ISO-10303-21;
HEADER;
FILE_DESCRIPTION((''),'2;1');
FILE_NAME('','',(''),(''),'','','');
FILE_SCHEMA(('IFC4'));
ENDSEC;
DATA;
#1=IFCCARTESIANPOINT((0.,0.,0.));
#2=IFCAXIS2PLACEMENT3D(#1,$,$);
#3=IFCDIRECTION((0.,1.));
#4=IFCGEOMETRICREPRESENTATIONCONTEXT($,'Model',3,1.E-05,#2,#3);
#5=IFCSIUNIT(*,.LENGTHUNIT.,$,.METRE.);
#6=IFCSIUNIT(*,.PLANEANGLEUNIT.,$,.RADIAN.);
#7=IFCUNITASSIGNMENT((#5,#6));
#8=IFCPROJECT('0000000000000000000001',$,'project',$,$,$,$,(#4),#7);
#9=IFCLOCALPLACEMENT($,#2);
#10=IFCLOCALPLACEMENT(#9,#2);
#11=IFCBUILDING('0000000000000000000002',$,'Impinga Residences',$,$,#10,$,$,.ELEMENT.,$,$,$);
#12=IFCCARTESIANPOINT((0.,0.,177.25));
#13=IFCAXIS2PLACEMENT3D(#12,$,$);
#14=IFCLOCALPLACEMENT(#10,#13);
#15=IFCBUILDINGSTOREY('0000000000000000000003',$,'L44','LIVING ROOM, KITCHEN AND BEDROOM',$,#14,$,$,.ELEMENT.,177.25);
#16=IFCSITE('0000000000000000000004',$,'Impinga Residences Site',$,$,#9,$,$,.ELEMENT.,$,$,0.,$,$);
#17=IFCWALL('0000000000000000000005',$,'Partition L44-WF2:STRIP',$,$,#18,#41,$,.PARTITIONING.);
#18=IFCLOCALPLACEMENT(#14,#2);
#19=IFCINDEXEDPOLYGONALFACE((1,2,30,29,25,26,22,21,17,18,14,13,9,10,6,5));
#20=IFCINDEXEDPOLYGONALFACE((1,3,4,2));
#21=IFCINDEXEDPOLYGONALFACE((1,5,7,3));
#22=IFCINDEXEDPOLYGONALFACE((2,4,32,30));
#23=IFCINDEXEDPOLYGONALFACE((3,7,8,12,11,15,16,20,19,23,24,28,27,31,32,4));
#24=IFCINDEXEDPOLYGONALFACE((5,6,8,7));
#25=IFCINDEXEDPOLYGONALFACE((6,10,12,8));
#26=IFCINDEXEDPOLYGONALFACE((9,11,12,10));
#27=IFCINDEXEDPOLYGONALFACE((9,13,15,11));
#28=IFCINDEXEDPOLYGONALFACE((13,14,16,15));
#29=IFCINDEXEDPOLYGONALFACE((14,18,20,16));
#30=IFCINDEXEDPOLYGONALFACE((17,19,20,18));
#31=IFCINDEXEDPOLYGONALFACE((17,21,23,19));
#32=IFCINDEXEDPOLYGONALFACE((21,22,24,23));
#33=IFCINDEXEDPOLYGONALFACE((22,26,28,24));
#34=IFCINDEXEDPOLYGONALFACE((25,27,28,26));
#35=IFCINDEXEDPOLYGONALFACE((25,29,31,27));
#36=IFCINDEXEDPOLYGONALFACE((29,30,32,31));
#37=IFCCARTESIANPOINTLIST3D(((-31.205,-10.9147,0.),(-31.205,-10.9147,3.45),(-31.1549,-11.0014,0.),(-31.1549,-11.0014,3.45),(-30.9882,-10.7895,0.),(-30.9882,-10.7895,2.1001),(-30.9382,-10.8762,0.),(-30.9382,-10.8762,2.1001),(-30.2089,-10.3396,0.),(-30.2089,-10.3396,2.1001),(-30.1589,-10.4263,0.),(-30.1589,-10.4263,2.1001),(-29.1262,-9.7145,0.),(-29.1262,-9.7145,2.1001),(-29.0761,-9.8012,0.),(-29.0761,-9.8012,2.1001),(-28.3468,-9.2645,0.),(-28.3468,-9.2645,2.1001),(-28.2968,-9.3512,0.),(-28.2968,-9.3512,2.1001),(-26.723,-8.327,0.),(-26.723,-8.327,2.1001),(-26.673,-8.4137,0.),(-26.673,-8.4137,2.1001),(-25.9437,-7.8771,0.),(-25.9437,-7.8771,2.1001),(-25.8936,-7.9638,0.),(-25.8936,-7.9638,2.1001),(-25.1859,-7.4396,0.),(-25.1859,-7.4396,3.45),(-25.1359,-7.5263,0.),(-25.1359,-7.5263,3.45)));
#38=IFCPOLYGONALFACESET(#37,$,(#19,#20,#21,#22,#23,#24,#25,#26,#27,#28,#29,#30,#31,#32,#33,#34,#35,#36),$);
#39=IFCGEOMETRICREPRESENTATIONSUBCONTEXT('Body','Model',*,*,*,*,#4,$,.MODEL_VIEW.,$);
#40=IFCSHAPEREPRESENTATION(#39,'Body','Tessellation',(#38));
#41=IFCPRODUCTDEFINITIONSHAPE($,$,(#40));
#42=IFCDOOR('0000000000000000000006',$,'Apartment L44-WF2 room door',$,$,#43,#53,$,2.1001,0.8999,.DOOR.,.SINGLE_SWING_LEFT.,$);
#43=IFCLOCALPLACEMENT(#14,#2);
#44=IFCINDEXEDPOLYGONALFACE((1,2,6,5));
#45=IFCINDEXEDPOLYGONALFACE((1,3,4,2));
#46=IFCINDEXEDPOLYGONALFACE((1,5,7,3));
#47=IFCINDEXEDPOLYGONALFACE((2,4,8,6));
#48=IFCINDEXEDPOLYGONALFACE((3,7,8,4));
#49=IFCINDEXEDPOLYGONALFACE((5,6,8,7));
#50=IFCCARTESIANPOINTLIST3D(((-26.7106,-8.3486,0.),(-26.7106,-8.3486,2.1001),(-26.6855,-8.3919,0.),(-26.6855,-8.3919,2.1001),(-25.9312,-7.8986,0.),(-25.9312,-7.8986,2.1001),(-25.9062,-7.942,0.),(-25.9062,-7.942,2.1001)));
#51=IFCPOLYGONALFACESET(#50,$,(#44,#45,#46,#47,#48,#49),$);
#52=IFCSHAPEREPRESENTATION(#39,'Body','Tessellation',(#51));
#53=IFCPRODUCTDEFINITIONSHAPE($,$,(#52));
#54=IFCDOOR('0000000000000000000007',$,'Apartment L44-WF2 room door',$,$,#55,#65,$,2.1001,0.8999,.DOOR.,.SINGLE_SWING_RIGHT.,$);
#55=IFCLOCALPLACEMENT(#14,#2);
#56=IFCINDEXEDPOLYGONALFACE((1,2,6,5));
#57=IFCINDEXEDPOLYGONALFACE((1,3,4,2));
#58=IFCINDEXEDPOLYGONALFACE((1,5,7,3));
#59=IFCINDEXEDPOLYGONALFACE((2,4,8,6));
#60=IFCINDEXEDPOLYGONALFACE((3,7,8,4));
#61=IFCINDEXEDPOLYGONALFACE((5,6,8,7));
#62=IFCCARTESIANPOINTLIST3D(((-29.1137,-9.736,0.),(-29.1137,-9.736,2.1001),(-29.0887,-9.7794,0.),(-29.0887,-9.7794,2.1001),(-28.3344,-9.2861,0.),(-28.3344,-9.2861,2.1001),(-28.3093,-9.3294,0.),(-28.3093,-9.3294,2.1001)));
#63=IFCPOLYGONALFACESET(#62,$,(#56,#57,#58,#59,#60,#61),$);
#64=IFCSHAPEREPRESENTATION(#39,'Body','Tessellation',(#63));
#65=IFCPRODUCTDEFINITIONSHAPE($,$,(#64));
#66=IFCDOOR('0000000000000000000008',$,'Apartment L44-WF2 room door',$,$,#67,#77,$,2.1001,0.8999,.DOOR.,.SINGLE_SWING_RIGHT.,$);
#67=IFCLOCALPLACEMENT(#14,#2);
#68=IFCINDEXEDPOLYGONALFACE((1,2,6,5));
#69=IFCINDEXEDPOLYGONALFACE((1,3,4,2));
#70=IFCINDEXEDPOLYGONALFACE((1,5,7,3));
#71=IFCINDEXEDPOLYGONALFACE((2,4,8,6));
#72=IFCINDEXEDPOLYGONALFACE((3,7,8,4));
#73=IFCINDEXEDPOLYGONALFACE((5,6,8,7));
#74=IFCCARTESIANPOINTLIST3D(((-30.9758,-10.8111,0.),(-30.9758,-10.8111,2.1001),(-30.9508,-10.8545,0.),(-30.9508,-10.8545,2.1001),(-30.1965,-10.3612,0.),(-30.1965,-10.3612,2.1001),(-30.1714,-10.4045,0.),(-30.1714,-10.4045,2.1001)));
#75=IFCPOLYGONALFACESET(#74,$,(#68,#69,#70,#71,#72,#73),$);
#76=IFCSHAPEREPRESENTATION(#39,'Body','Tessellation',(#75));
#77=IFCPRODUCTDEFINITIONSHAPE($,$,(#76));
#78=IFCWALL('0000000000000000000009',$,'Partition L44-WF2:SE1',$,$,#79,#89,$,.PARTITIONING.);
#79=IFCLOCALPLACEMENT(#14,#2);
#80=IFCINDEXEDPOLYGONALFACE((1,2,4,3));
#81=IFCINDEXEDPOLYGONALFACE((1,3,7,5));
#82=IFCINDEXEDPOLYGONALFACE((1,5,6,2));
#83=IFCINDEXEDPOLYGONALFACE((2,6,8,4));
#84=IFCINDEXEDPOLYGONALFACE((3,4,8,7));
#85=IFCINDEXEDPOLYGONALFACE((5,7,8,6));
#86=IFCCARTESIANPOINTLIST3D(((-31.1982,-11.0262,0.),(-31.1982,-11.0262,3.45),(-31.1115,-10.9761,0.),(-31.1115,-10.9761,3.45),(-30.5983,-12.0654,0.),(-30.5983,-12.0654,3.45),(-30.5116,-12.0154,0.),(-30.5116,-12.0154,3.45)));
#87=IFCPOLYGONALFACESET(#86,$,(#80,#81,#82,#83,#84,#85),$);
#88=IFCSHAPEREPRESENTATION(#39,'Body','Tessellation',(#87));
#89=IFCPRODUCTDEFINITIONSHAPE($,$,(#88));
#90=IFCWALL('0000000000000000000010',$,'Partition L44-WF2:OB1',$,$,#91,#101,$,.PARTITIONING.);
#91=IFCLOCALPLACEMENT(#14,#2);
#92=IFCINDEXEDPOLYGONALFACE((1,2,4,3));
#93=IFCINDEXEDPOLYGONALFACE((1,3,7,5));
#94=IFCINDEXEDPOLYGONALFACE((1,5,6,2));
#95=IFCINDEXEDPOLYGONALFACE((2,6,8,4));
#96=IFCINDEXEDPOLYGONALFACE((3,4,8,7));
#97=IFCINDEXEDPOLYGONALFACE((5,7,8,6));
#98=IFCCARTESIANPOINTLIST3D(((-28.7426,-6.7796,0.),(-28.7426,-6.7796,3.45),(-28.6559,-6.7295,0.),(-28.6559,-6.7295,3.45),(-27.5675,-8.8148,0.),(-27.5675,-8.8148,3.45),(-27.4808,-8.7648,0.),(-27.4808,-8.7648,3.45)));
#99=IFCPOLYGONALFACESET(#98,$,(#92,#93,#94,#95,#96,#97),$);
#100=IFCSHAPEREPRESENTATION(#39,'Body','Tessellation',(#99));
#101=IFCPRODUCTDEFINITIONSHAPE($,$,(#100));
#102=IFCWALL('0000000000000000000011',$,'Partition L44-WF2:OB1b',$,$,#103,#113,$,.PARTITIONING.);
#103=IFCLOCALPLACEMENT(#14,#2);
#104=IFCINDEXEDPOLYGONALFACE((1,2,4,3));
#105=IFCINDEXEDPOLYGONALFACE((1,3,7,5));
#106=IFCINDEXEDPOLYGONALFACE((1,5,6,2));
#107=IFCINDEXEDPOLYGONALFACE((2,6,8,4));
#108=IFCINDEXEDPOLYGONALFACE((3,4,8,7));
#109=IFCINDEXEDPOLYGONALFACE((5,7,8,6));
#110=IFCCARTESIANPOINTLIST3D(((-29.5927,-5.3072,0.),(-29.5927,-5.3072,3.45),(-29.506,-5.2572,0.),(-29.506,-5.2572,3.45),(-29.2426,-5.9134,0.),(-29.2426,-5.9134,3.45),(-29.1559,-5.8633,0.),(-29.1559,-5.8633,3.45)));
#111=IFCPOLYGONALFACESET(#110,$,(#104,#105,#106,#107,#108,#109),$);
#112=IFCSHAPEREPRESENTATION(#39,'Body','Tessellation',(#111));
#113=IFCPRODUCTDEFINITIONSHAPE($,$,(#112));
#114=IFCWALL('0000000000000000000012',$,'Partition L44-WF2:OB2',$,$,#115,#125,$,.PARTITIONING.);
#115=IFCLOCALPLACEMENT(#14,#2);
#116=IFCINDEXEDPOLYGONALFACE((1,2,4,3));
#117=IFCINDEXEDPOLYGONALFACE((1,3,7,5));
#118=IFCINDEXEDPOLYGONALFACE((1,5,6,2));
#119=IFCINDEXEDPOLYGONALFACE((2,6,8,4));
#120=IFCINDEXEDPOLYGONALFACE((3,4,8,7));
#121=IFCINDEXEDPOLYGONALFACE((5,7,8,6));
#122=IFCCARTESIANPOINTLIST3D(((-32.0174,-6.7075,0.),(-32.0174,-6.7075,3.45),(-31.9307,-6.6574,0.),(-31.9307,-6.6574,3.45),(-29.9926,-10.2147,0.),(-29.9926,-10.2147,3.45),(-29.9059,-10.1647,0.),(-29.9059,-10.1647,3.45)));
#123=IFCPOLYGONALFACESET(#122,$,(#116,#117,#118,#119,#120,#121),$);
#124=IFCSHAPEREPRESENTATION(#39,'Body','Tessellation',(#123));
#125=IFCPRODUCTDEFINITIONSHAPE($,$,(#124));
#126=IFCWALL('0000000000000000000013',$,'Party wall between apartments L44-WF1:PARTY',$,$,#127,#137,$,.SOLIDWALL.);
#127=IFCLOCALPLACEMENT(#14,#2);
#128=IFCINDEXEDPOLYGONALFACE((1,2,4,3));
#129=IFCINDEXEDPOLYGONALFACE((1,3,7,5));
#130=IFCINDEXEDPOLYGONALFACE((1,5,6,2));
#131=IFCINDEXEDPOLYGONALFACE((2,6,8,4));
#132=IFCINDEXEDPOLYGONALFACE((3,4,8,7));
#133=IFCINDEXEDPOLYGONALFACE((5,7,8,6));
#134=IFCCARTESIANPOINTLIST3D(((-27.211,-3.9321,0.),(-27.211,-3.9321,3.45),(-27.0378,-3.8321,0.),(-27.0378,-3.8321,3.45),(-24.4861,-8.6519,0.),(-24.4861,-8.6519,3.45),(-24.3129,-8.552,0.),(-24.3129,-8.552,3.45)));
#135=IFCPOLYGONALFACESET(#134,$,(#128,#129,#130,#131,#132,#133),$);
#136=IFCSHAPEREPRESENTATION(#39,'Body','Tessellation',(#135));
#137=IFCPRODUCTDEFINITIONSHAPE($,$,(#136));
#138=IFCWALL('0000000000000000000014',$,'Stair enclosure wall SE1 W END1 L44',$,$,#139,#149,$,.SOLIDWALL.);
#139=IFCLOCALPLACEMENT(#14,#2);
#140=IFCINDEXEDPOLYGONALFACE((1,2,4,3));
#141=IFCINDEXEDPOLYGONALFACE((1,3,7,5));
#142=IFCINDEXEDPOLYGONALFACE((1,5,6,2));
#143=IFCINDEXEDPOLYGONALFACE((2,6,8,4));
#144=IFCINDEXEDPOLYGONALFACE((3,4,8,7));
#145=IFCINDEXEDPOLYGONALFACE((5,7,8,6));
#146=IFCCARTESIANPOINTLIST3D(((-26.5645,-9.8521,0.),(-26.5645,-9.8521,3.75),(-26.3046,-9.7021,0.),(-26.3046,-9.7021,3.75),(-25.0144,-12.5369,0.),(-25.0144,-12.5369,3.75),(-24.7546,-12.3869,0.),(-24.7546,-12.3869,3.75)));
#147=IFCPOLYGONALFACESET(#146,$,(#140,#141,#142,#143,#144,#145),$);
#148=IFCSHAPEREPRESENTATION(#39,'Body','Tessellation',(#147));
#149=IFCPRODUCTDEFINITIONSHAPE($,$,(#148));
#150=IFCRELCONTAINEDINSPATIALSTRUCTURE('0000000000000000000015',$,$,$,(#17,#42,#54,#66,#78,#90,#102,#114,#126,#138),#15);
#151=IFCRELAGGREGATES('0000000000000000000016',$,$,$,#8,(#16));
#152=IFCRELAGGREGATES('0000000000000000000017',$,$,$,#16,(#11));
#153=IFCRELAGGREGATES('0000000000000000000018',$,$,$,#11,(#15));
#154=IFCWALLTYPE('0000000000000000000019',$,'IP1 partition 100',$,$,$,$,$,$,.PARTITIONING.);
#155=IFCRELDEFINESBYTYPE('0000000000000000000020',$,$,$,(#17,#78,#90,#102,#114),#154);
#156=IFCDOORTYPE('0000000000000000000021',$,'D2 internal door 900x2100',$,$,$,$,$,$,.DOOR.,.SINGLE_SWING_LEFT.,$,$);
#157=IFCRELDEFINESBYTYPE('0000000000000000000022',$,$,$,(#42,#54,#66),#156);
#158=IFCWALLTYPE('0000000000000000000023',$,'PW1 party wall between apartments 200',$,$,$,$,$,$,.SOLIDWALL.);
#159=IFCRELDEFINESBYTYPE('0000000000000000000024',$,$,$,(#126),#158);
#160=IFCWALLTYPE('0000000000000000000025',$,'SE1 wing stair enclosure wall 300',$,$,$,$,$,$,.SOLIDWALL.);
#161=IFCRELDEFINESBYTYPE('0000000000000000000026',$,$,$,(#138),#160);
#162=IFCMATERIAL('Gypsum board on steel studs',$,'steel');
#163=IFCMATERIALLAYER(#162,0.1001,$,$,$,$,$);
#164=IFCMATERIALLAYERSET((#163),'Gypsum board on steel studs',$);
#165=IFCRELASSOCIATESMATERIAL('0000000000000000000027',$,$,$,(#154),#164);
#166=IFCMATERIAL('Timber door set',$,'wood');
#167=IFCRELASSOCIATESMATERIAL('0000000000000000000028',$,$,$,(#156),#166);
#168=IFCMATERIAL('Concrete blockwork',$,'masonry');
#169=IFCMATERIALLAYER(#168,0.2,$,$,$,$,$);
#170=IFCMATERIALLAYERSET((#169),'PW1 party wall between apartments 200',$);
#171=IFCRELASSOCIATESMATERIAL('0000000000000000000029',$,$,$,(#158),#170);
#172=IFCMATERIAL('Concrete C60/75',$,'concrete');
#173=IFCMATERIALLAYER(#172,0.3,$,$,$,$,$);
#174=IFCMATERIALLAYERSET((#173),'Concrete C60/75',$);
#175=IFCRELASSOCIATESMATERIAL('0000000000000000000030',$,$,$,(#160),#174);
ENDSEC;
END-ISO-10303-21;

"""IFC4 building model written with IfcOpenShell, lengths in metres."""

from ifc_helpers import new_model, si_unit, direction, frame, frame_2d, origin, place, context, subcontext, project, spatial, rectangle, extrude, material, layer, layer_set, type_object, element, fill, save


model = new_model("IFC4")

# Units and contexts
model_context = context("Model", 3, precision=1e-05, world=origin(), true_north=direction((0.0, 1.0)))
body_context = subcontext(model_context, "Body", "Model", "MODEL_VIEW")
ifc_project = project(units=[si_unit("LENGTHUNIT", "METRE"), si_unit("PLANEANGLEUNIT", "RADIAN")], contexts=[model_context])

# Site, building, storey
site_placement = place(None, origin())
site = spatial("IfcSite", under=ifc_project, at=site_placement, Name="Impinga Residences Site", CompositionType="ELEMENT", RefElevation=0.0)
building_placement = place(site_placement, origin())
building = spatial("IfcBuilding", under=site, at=building_placement, Name="Impinga Residences", CompositionType="ELEMENT")
storey_placement = place(building_placement, frame((0.0, 0.0, 177.25)))
storey = spatial("IfcBuildingStorey", under=building, at=storey_placement, Name="L44", Description="LIVING ROOM, KITCHEN AND BEDROOM", CompositionType="ELEMENT", Elevation=177.25)

# Shared definitions
ifc_material_1 = material(Name="Concrete C60/75", Category="concrete")

# Shared definitions
ifc_material_2 = material(Name="Gypsum board on steel studs", Category="steel")
ifc_layer_1 = layer(ifc_material_2, 0.1001)
ifc_layer_set_1 = layer_set([ifc_layer_1], Name="Gypsum board on steel studs")
wall_type_1 = type_object("IfcWallType", Name="IP1 partition 100", PredefinedType="PARTITIONING", material=ifc_layer_set_1)

# Wall, openings, doors
wall_1_placement = place(storey_placement, frame((-25.1609, -7.4829, 0.0), z_axis=(0.0, 0.0, 1.0), x_axis=(-0.866025, -0.5, 0.0)))
wall_1 = element("IfcWall", 1, at=wall_1_placement, inside=storey, type_object=wall_type_1, Name="Partition L44-WF2:STRIP", PredefinedType="PARTITIONING", context=body_context, shape_type="SweptSolid", body=[
    extrude(rectangle(XDim=6.9502, YDim=0.1001, at=frame_2d((3.4751, 0.0))), origin(), (0.0, 0.0, 1.0), 3.45),
])
opening_1_placement = place(wall_1_placement, frame((0.875, 0.0, 0.0)))
opening_1 = element("IfcOpeningElement", 2, at=opening_1_placement, cuts=wall_1, PredefinedType="OPENING", context=body_context, shape_type="SweptSolid", body=[
    extrude(rectangle(XDim=0.8999, YDim=2.1001, at=frame_2d((0.45, 1.05))), frame((0.0, 0.0601, 0.0), z_axis=(0.0, -1.0, 0.0), x_axis=(1.0, 0.0, 0.0)), (0.0, 0.0, 1.0), 0.1201),
])
opening_2_placement = place(wall_1_placement, frame((3.6499, 0.0, 0.0)))
opening_2 = element("IfcOpeningElement", 3, at=opening_2_placement, cuts=wall_1, PredefinedType="OPENING", context=body_context, shape_type="SweptSolid", body=[
    extrude(rectangle(XDim=0.8999, YDim=2.1001, at=frame_2d((0.45, 1.05))), frame((0.0, 0.0601, 0.0), z_axis=(0.0, -1.0, 0.0), x_axis=(1.0, 0.0, 0.0)), (0.0, 0.0, 1.0), 0.1201),
])
opening_3_placement = place(wall_1_placement, frame((5.8, 0.0, 0.0)))
opening_3 = element("IfcOpeningElement", 4, at=opening_3_placement, cuts=wall_1, PredefinedType="OPENING", context=body_context, shape_type="SweptSolid", body=[
    extrude(rectangle(XDim=0.8999, YDim=2.1001, at=frame_2d((0.45, 1.05))), frame((0.0, 0.0601, 0.0), z_axis=(0.0, -1.0, 0.0), x_axis=(1.0, 0.0, 0.0)), (0.0, 0.0, 1.0), 0.1201),
])
ifc_material_3 = material(Name="Timber door set", Category="wood")
door_type = type_object("IfcDoorType", Name="D2 internal door 900x2100", OperationType="SINGLE_SWING_LEFT", PredefinedType="DOOR", material=ifc_material_3)
door_1_placement = place(opening_1_placement, origin())
door_1 = element("IfcDoor", 5, at=door_1_placement, inside=storey, type_object=door_type, Name="Apartment L44-WF2 room door", OperationType="SINGLE_SWING_LEFT", OverallHeight=2.1001, OverallWidth=0.8999, PredefinedType="DOOR", context=body_context, shape_type="SweptSolid", body=[
    extrude(rectangle(XDim=0.8999, YDim=2.1001, at=frame_2d((0.45, 1.05))), frame((0.0, 0.0249, 0.0), z_axis=(0.0, -1.0, 0.0), x_axis=(1.0, 0.0, 0.0)), (0.0, 0.0, 1.0), 0.05),
])
fill(opening_1, door_1)
door_2_placement = place(opening_2_placement, origin())
door_2 = element("IfcDoor", 6, at=door_2_placement, inside=storey, type_object=door_type, Name="Apartment L44-WF2 room door", OperationType="SINGLE_SWING_RIGHT", OverallHeight=2.1001, OverallWidth=0.8999, PredefinedType="DOOR", context=body_context, shape_type="SweptSolid", body=[
    extrude(rectangle(XDim=0.8999, YDim=2.1001, at=frame_2d((0.45, 1.05))), frame((0.0, 0.0249, 0.0), z_axis=(0.0, -1.0, 0.0), x_axis=(1.0, 0.0, 0.0)), (0.0, 0.0, 1.0), 0.05),
])
fill(opening_2, door_2)
door_3_placement = place(opening_3_placement, origin())
door_3 = element("IfcDoor", 7, at=door_3_placement, inside=storey, type_object=door_type, Name="Apartment L44-WF2 room door", OperationType="SINGLE_SWING_RIGHT", OverallHeight=2.1001, OverallWidth=0.8999, PredefinedType="DOOR", context=body_context, shape_type="SweptSolid", body=[
    extrude(rectangle(XDim=0.8999, YDim=2.1001, at=frame_2d((0.45, 1.05))), frame((0.0, 0.0249, 0.0), z_axis=(0.0, -1.0, 0.0), x_axis=(1.0, 0.0, 0.0)), (0.0, 0.0, 1.0), 0.05),
])
fill(opening_3, door_3)

# Walls
wall_2_placement = place(storey_placement, frame((-30.5549, -12.0405, 0.0), z_axis=(0.0, 0.0, 1.0), x_axis=(-0.499881, 0.866094, 0.0)))
element("IfcWall", 8, at=wall_2_placement, inside=storey, type_object=wall_type_1, Name="Partition L44-WF2:SE1", PredefinedType="PARTITIONING", context=body_context, shape_type="SweptSolid", body=[
    extrude(rectangle(XDim=1.2, YDim=0.1001, at=frame_2d((0.6001, 0.0))), origin(), (0.0, 0.0, 1.0), 3.45),
])
wall_3_placement = place(storey_placement, frame((-27.5242, -8.7898, 0.0), z_axis=(0.0, 0.0, 1.0), x_axis=(-0.500016, 0.866016, 0.0)))
element("IfcWall", 9, at=wall_3_placement, inside=storey, type_object=wall_type_1, Name="Partition L44-WF2:OB1", PredefinedType="PARTITIONING", context=body_context, shape_type="SweptSolid", body=[
    extrude(rectangle(XDim=2.3501, YDim=0.1001, at=frame_2d((1.175, 0.0))), origin(), (0.0, 0.0, 1.0), 3.45),
])
wall_4_placement = place(storey_placement, frame((-29.1992, -5.8884, 0.0), z_axis=(0.0, 0.0, 1.0), x_axis=(-0.500115, 0.865959, 0.0)))
element("IfcWall", 10, at=wall_4_placement, inside=storey, type_object=wall_type_1, Name="Partition L44-WF2:OB1b", PredefinedType="PARTITIONING", context=body_context, shape_type="SweptSolid", body=[
    extrude(rectangle(XDim=0.7, YDim=0.1001, at=frame_2d((0.3501, 0.0))), origin(), (0.0, 0.0, 1.0), 3.45),
])
wall_5_placement = place(storey_placement, frame((-29.9492, -10.1897, 0.0), z_axis=(0.0, 0.0, 1.0), x_axis=(-0.49999, 0.866031, 0.0)))
element("IfcWall", 11, at=wall_5_placement, inside=storey, type_object=wall_type_1, Name="Partition L44-WF2:OB2", PredefinedType="PARTITIONING", context=body_context, shape_type="SweptSolid", body=[
    extrude(rectangle(XDim=4.0498, YDim=0.1001, at=frame_2d((2.0249, 0.0))), origin(), (0.0, 0.0, 1.0), 3.45),
])
ifc_material_4 = material(Name="Concrete blockwork", Category="masonry")
ifc_layer_2 = layer(ifc_material_4, 0.2)
ifc_layer_set_2 = layer_set([ifc_layer_2], Name="PW1 party wall between apartments 200")
wall_type_2 = type_object("IfcWallType", Name="PW1 party wall between apartments 200", PredefinedType="SOLIDWALL", material=ifc_layer_set_2)
wall_6_placement = place(storey_placement, frame((-24.3994, -8.6021, 0.0), z_axis=(0.0, 0.0, 1.0), x_axis=(-0.499989, 0.866032, 0.0)))
element("IfcWall", 12, at=wall_6_placement, inside=storey, type_object=wall_type_2, Name="Party wall between apartments L44-WF1:PARTY", PredefinedType="SOLIDWALL", context=body_context, shape_type="SweptSolid", body=[
    extrude(rectangle(XDim=5.45, YDim=0.2, at=frame_2d((2.7251, 0.0))), origin(), (0.0, 0.0, 1.0), 3.45),
])
ifc_layer_3 = layer(ifc_material_1, 0.3)
ifc_layer_set_3 = layer_set([ifc_layer_3], Name="Concrete C60/75")
wall_type_3 = type_object("IfcWallType", Name="SE1 wing stair enclosure wall 300", PredefinedType="SOLIDWALL", material=ifc_layer_set_3)
wall_7_placement = place(storey_placement, frame((-24.8845, -12.4619, 0.0), z_axis=(0.0, 0.0, 1.0), x_axis=(-0.499993, 0.86603, 0.0)))
element("IfcWall", 13, at=wall_7_placement, inside=storey, type_object=wall_type_3, Name="Stair enclosure wall SE1 W END1 L44", PredefinedType="SOLIDWALL", context=body_context, shape_type="SweptSolid", body=[
    extrude(rectangle(XDim=3.1001, YDim=0.3, at=frame_2d((1.55, 0.0))), origin(), (0.0, 0.0, 1.0), 3.75),
])

save(model, "model.ifc")
